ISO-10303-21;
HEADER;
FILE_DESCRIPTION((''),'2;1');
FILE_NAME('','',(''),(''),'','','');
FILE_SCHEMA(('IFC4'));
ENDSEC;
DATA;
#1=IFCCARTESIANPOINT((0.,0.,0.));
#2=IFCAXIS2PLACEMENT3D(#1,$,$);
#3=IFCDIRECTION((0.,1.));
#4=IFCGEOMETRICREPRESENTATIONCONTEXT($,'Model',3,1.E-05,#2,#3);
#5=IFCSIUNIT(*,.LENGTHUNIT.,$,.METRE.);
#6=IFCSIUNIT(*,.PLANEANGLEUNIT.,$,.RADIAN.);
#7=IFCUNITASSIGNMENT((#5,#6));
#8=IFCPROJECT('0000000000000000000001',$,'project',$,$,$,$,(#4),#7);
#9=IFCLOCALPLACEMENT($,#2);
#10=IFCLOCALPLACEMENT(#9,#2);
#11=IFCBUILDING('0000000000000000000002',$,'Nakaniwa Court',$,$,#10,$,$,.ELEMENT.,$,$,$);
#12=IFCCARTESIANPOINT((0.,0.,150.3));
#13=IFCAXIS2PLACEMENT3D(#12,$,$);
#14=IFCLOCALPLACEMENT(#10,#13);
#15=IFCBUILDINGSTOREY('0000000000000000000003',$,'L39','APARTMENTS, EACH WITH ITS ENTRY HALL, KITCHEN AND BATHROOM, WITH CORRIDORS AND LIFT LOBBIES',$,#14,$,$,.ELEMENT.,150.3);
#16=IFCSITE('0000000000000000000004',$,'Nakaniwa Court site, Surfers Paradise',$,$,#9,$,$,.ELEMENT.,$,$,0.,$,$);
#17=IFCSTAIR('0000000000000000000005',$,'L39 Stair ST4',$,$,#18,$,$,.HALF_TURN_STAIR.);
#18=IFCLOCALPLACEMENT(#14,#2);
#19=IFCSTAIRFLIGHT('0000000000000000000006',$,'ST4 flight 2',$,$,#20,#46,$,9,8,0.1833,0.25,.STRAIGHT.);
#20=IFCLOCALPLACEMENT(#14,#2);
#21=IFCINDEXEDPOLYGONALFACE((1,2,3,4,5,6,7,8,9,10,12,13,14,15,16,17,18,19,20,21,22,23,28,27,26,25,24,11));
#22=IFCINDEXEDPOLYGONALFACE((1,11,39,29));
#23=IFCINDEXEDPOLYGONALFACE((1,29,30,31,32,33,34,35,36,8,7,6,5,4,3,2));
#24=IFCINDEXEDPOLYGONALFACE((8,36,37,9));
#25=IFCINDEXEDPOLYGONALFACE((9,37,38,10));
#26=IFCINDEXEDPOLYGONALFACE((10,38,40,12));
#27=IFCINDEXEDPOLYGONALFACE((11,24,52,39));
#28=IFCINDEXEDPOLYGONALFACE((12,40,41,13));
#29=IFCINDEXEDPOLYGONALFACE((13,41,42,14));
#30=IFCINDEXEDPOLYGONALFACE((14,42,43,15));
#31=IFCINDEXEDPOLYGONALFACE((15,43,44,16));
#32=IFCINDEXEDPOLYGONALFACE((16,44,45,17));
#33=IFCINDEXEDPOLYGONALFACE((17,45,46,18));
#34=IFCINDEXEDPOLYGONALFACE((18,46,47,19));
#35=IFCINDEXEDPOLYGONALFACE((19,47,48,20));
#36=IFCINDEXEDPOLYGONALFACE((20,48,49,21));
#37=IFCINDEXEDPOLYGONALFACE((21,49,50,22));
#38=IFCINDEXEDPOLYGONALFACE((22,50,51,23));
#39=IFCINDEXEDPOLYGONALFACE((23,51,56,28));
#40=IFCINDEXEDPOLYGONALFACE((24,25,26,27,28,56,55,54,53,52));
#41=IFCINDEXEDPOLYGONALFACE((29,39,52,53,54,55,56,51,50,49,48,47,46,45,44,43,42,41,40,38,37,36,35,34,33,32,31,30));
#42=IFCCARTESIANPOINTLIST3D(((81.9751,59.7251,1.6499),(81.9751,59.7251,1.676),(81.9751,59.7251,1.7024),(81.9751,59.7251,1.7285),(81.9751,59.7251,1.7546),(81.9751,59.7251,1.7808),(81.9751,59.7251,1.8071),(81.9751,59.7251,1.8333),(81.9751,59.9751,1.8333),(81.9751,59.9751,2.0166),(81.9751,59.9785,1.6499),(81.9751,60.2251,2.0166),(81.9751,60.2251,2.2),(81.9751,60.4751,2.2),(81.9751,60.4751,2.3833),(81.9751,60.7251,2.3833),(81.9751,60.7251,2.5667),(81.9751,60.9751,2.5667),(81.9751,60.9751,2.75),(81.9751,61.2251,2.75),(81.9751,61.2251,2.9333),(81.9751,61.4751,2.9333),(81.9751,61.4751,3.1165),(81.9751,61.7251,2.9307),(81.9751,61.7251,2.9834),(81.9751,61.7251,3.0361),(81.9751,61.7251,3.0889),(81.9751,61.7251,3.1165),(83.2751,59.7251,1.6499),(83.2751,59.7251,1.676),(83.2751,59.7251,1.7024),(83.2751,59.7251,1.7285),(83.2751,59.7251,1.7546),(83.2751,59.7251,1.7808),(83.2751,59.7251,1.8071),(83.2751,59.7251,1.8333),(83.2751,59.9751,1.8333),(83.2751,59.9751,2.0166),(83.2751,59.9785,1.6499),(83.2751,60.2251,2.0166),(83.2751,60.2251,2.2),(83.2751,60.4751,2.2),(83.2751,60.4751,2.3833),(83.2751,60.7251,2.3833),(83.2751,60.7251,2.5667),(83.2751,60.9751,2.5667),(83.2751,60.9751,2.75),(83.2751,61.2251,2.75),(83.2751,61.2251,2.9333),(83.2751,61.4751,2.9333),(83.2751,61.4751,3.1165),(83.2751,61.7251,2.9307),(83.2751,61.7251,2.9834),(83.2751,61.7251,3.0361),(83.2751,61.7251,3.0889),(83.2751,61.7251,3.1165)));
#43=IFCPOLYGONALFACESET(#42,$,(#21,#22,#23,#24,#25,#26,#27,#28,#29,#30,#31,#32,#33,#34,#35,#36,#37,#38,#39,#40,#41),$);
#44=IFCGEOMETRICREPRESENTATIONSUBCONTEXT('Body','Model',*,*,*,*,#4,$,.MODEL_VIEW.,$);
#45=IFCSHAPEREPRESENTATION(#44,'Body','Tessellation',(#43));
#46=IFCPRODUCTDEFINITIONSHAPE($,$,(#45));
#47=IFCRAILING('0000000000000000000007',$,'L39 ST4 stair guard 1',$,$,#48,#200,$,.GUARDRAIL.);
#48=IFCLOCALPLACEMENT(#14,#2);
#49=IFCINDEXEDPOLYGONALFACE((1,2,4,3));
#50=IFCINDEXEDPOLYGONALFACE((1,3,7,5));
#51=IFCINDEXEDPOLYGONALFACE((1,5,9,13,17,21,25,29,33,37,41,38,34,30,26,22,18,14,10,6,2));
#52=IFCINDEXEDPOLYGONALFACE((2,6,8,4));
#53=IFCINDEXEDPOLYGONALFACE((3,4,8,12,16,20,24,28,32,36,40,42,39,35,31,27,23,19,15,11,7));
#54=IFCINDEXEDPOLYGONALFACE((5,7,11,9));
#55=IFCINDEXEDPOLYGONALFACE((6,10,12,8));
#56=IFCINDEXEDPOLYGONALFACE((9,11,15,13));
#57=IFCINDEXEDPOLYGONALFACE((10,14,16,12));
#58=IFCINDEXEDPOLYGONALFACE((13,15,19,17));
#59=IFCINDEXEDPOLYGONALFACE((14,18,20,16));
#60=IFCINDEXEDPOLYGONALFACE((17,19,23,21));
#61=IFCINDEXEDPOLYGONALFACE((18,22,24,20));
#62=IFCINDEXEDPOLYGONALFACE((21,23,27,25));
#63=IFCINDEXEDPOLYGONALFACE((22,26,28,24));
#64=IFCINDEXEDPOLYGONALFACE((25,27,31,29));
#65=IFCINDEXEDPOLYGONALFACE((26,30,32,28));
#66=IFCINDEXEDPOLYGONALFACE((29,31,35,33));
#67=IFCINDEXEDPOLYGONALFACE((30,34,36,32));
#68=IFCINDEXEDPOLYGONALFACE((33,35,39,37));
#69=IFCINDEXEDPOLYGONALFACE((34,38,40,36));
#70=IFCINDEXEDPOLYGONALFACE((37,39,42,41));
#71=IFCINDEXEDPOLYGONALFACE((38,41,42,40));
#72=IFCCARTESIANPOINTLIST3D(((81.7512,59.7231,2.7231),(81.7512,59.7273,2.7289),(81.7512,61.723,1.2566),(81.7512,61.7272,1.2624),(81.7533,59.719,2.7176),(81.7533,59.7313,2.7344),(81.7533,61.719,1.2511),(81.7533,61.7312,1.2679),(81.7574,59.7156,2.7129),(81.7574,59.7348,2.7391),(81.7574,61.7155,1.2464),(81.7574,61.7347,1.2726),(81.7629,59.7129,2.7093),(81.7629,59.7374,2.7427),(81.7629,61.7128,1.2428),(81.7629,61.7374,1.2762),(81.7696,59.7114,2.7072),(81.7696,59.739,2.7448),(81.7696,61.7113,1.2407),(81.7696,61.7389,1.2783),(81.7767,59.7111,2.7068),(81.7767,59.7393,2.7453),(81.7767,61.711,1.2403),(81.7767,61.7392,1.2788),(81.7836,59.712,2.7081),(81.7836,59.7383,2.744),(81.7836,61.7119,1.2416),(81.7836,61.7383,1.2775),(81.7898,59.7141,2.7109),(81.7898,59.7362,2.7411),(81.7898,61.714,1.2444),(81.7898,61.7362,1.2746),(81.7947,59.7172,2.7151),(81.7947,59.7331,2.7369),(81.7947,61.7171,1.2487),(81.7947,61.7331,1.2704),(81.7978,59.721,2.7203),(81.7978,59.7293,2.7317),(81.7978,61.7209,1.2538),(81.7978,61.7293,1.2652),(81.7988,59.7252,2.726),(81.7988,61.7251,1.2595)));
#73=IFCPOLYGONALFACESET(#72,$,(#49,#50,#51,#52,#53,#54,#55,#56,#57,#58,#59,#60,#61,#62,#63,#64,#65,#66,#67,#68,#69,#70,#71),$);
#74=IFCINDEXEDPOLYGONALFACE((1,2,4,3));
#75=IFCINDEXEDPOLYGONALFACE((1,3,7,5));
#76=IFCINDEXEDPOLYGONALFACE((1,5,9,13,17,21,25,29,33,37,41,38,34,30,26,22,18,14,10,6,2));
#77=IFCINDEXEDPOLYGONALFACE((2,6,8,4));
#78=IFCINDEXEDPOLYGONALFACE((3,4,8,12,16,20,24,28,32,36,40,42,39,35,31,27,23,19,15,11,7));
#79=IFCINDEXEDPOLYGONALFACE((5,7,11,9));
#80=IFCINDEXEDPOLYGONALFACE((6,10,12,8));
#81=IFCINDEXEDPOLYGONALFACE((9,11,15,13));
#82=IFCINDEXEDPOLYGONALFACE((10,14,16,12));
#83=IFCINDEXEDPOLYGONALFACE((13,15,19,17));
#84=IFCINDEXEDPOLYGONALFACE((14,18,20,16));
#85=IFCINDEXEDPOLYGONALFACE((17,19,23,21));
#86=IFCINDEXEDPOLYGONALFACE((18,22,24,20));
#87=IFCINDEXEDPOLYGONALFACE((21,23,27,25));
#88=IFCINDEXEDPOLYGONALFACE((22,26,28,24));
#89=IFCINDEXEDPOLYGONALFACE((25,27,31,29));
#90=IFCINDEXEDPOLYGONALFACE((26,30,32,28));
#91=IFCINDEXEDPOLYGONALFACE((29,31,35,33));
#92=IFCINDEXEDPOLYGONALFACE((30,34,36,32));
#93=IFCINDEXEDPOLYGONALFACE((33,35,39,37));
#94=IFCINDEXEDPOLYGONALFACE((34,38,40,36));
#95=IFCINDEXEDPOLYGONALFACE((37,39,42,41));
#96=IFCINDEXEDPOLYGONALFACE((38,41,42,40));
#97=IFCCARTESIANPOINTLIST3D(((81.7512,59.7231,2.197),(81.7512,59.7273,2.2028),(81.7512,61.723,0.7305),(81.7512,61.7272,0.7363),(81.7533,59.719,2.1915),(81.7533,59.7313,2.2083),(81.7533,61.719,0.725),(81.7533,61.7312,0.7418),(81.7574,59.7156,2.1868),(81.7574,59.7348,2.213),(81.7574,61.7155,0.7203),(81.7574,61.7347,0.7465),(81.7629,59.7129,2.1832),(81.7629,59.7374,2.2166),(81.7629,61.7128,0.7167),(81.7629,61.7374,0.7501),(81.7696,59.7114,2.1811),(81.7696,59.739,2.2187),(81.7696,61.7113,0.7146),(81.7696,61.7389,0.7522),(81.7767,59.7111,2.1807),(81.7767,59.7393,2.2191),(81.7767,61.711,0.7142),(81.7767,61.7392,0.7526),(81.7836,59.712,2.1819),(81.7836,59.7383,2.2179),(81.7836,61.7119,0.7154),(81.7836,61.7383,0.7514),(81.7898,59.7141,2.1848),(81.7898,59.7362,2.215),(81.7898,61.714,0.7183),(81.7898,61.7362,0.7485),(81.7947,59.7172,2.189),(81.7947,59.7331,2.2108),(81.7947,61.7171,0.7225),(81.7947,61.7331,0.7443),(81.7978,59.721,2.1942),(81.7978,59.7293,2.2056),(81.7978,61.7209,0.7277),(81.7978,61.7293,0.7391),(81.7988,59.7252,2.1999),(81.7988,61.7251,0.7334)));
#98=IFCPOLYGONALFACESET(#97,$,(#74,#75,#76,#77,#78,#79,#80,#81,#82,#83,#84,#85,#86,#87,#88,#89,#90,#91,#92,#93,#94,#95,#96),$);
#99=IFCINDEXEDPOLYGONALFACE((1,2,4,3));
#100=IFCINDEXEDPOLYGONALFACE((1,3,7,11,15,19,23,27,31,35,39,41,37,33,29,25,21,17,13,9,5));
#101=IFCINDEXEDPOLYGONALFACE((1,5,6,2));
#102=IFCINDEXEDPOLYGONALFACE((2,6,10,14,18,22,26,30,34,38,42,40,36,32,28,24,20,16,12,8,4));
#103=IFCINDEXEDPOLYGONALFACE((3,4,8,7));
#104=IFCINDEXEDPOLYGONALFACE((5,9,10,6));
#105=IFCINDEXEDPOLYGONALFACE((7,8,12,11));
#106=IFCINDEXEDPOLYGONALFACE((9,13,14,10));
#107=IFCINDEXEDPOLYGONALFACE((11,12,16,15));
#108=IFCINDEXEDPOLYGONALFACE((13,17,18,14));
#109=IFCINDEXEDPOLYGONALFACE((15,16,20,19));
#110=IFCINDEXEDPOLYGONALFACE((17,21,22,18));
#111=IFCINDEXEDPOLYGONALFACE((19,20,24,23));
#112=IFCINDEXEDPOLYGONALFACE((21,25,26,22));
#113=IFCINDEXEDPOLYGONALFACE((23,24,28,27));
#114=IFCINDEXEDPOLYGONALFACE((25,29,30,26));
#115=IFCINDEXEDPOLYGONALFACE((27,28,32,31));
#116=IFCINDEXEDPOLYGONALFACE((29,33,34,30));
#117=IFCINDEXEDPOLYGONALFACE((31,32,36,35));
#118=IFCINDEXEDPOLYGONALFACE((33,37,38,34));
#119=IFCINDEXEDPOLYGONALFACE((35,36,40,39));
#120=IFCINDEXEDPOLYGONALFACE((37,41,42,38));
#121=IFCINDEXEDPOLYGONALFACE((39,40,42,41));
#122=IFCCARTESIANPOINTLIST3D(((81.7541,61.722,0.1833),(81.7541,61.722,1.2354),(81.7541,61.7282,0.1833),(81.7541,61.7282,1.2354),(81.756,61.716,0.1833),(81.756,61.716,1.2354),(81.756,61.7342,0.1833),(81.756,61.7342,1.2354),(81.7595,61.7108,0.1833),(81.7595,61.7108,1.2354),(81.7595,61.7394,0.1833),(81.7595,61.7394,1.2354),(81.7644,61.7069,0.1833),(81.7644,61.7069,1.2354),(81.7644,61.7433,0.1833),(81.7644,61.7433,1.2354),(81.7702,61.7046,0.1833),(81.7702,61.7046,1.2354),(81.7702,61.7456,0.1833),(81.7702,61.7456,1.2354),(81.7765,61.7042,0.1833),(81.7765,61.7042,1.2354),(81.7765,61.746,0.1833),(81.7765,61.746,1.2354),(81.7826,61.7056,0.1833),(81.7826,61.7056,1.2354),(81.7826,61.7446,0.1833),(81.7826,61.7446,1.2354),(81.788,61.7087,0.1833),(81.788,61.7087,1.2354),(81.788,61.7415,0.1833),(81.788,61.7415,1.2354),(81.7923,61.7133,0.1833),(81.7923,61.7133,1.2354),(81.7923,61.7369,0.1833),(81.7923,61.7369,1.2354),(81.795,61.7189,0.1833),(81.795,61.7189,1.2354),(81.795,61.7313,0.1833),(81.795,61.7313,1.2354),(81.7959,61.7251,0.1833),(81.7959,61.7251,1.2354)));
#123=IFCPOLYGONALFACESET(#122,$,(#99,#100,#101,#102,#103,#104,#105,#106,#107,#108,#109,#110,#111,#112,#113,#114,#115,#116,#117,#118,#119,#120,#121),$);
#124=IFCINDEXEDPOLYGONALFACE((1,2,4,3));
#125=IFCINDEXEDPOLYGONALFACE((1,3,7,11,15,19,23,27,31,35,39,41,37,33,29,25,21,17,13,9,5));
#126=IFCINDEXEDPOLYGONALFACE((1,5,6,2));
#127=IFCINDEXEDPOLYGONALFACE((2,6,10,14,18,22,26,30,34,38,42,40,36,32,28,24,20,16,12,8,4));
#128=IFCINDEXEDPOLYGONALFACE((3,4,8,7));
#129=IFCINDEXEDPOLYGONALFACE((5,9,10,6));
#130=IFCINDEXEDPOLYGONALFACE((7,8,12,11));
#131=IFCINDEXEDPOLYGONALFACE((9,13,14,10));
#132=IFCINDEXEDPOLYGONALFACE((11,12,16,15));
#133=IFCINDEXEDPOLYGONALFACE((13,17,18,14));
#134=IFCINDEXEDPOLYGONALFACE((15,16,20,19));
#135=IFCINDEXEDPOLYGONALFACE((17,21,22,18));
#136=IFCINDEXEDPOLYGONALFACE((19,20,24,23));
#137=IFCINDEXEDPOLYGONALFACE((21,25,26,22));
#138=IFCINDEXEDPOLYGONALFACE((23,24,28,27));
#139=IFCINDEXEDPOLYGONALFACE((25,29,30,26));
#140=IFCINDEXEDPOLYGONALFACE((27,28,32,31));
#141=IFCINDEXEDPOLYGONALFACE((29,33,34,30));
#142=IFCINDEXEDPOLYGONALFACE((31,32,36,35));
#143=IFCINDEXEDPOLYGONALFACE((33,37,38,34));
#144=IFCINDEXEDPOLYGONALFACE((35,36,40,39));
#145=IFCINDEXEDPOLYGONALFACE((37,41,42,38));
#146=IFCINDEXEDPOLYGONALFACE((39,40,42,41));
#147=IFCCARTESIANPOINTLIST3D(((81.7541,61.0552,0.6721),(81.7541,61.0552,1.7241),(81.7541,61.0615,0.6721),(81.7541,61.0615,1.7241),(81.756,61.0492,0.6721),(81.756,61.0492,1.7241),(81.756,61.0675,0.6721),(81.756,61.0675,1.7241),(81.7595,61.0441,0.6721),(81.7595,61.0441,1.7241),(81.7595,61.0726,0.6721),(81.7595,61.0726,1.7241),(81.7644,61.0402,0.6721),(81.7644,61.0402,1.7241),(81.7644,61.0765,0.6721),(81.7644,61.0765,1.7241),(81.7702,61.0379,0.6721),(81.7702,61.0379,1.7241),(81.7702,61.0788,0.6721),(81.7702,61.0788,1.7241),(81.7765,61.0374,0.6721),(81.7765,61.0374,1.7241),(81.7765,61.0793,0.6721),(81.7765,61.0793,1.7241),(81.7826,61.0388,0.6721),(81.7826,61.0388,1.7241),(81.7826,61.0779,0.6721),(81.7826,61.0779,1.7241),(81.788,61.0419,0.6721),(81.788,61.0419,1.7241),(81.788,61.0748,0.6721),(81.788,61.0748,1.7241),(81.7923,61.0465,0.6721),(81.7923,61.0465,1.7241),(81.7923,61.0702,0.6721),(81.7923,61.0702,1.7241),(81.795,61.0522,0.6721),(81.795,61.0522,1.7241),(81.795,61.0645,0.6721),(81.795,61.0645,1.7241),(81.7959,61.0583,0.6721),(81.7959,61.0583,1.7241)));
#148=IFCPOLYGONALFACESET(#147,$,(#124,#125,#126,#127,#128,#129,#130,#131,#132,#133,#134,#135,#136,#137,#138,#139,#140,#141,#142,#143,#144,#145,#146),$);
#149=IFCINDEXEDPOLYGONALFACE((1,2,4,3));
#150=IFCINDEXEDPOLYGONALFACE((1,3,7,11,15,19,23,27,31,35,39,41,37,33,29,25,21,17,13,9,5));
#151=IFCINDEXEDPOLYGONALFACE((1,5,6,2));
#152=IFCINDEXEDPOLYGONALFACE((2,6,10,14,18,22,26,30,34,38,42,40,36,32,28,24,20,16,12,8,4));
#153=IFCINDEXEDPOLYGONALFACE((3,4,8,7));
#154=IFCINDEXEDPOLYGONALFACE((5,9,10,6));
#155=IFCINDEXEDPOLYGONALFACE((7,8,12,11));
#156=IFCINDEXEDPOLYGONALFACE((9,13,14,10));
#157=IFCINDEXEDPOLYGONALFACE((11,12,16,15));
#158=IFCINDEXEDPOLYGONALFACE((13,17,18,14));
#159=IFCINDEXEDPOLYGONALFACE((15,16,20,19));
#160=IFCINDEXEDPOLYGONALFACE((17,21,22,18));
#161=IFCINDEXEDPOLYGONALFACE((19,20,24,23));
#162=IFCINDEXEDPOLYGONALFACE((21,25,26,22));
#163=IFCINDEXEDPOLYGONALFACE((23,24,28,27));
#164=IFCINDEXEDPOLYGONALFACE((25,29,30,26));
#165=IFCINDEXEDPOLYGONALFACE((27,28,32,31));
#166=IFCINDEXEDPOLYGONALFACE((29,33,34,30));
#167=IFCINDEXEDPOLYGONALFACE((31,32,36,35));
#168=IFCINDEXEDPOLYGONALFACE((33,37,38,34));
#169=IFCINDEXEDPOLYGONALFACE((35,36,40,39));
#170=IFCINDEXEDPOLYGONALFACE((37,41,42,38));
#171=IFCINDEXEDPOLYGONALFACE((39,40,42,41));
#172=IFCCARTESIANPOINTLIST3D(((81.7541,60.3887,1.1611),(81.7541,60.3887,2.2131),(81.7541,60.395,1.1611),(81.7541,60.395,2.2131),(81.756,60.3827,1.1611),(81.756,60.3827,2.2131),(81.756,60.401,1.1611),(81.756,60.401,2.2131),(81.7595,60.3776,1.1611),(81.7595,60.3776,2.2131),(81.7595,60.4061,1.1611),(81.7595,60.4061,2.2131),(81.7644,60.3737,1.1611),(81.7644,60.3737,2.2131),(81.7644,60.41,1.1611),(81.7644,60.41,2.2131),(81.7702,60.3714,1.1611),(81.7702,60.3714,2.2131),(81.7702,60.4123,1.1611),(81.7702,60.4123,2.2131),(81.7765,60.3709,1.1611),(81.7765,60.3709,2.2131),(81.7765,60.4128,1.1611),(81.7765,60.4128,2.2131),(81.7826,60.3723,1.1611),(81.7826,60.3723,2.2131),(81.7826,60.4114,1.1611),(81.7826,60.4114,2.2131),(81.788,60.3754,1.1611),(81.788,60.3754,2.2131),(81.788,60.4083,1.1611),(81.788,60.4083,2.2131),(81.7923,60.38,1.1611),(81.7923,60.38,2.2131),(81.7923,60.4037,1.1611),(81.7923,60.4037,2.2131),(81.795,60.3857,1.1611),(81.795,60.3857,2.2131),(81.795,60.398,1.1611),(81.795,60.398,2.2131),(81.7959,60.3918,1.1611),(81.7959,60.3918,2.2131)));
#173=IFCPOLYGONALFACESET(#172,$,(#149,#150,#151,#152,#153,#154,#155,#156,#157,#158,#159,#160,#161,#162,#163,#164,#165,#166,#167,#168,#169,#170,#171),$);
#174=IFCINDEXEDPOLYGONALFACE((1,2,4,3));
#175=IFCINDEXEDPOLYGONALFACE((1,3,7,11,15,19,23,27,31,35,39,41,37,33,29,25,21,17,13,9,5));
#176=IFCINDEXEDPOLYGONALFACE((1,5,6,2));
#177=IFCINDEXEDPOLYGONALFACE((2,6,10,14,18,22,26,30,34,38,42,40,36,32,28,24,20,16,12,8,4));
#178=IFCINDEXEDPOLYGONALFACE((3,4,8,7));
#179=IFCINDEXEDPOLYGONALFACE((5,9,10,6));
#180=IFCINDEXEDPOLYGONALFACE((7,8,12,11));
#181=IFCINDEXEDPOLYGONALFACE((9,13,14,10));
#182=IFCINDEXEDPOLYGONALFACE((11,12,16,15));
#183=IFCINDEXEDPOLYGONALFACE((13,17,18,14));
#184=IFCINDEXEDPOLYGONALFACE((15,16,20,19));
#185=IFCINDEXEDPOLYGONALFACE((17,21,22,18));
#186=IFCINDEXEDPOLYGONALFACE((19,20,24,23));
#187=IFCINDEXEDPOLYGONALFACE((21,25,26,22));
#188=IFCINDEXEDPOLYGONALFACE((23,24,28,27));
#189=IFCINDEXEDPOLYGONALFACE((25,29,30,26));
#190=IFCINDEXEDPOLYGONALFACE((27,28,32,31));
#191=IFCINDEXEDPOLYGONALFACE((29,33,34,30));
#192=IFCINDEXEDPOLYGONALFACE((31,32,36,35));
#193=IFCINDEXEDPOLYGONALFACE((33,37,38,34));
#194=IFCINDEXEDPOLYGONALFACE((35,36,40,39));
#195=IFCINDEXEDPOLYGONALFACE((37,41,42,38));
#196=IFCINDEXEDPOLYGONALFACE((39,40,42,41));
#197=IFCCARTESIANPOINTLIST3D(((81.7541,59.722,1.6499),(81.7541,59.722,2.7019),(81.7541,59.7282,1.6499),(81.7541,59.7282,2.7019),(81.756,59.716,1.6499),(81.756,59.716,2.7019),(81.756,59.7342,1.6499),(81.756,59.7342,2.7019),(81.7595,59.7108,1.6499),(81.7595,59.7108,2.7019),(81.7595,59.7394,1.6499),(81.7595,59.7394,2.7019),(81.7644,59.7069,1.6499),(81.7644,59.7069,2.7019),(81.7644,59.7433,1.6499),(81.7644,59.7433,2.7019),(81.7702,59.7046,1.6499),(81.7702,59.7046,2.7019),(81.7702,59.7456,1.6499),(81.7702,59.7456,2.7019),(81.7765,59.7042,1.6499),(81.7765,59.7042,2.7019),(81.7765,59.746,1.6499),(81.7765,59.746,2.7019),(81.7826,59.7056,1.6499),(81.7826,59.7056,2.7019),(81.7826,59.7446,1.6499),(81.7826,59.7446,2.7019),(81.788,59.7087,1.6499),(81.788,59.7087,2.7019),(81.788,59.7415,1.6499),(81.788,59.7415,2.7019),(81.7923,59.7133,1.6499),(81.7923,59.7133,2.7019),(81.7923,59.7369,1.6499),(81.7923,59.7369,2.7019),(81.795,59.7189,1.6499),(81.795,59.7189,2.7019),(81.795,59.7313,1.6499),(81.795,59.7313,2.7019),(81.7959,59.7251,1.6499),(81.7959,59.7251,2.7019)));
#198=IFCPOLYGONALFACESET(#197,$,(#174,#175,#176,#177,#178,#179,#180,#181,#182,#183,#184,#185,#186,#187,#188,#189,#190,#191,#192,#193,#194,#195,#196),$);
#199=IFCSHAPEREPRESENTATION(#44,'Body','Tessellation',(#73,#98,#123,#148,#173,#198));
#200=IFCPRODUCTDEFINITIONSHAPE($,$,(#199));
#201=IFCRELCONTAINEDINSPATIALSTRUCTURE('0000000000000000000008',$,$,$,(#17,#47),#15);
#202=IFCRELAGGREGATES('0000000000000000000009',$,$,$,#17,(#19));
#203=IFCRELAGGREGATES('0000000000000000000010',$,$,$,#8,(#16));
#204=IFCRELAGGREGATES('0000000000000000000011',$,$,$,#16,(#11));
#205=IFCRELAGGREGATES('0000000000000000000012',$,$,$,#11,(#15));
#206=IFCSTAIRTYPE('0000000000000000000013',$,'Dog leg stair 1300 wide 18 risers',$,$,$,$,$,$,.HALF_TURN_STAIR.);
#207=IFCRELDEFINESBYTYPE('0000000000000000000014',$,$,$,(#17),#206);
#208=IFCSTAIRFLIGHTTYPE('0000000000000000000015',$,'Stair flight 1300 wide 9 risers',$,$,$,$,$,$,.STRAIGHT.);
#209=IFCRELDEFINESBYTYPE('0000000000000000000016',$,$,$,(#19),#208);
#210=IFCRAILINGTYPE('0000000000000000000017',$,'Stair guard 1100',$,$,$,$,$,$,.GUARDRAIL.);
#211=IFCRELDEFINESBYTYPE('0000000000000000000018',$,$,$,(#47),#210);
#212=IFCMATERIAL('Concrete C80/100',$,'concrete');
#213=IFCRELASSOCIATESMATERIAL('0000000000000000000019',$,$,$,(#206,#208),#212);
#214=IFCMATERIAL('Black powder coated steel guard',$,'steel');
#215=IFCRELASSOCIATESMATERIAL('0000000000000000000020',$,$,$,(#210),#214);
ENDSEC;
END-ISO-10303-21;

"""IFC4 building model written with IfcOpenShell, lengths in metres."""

from ifc_helpers import new_model, si_unit, direction, frame, origin, origin_2d, place, context, subcontext, project, spatial, polyline, circle, outline, extrude, material, type_object, element, aggregate, save


model = new_model("IFC4")

# Units and contexts
model_context = context("Model", 3, precision=1e-05, world=origin(), true_north=direction((0.0, 1.0)))
body_context = subcontext(model_context, "Body", "Model", "MODEL_VIEW")
ifc_project = project(units=[si_unit("LENGTHUNIT", "METRE"), si_unit("PLANEANGLEUNIT", "RADIAN")], contexts=[model_context])

# Site, building, storey
site_placement = place(None, origin())
site = spatial("IfcSite", under=ifc_project, at=site_placement, Name="Nakaniwa Court site, Surfers Paradise", CompositionType="ELEMENT", RefElevation=0.0)
building_placement = place(site_placement, origin())
building = spatial("IfcBuilding", under=site, at=building_placement, Name="Nakaniwa Court", CompositionType="ELEMENT")
storey_placement = place(building_placement, frame((0.0, 0.0, 150.3)))
storey = spatial("IfcBuildingStorey", under=building, at=storey_placement, Name="L39", Description="APARTMENTS, EACH WITH ITS ENTRY HALL, KITCHEN AND BATHROOM, WITH CORRIDORS AND LIFT LOBBIES", CompositionType="ELEMENT", Elevation=150.3)

# Shared definitions
ifc_material_1 = material(Name="Concrete C80/100", Category="concrete")

# Stair, stair flight
stair_type = type_object("IfcStairType", Name="Dog leg stair 1300 wide 18 risers", PredefinedType="HALF_TURN_STAIR", material=ifc_material_1)
stair_placement = place(storey_placement, origin())
stair = element("IfcStair", 1, at=stair_placement, inside=storey, type_object=stair_type, Name="L39 Stair ST4", PredefinedType="HALF_TURN_STAIR")
stair_flight_type = type_object("IfcStairFlightType", Name="Stair flight 1300 wide 9 risers", PredefinedType="STRAIGHT", material=ifc_material_1)
stair_flight_1_placement = place(storey_placement, frame((82.625, 59.7251, 1.6499), z_axis=(0.0, 0.0, 1.0), x_axis=(0.0, 1.0, 0.0)))
stair_flight_1 = element("IfcStairFlight", 2, at=stair_flight_1_placement, type_object=stair_flight_type, Name="ST4 flight 2", NumberOfRisers=9, NumberOfTreads=8, PredefinedType="STRAIGHT", RiserHeight=0.1833, TreadLength=0.25, context=body_context, shape_type="SweptSolid", body=[
    extrude(outline(polyline([(0.0, 0.0), (0.0, 0.0261), (0.0, 0.0525), (0.0, 0.0786), (0.0, 0.1047), (0.0, 0.1309), (0.0, 0.1572), (0.0, 0.1833), (0.25, 0.1833), (0.25, 0.3667), (0.5, 0.3667), (0.5, 0.55), (0.75, 0.55), (0.75, 0.7334), (1.0, 0.7334), (1.0, 0.9167), (1.25, 0.9167), (1.25, 1.1001), (1.5, 1.1001), (1.5, 1.2834), (1.75, 1.2834), (1.75, 1.4666), (2.0, 1.4666), (2.0, 1.6499), (2.0, 1.5972), (2.0, 1.5444), (2.0, 1.4917), (2.0, 1.439), (2.0, 1.3862), (2.0, 1.3335), (2.0, 1.2808), (0.2534, 0.0), (0.0, 0.0)])), frame((0.0, 0.6499, 0.0), z_axis=(0.0, -1.0, 0.0), x_axis=(1.0, 0.0, 0.0)), (0.0, 0.0, 1.0), 1.3),
])
aggregate(stair, [stair_flight_1])

# Railing
ifc_material_2 = material(Name="Black powder coated steel guard", Category="steel")
railing_type_1 = type_object("IfcRailingType", Name="Stair guard 1100", PredefinedType="GUARDRAIL", material=ifc_material_2)
railing_1_placement = place(storey_placement, frame((81.7749, 61.7251, 0.1833)))
element("IfcRailing", 3, at=railing_1_placement, inside=storey, type_object=railing_type_1, Name="L39 ST4 stair guard 1", PredefinedType="GUARDRAIL", context=body_context, shape_type="SweptSolid", body=[
    extrude(circle(Radius=0.0239, at=origin_2d()), frame((0.0, 0.0, 1.0762), z_axis=(0.0, -0.806427, 0.591334), x_axis=(1.0, 0.0, 0.0)), (0.0, 0.0, 1.0), 2.48),
    extrude(circle(Radius=0.0239, at=origin_2d()), frame((0.0, 0.0, 0.55), z_axis=(0.0, -0.806427, 0.591334), x_axis=(1.0, 0.0, 0.0)), (0.0, 0.0, 1.0), 2.48),
    extrude(circle(Radius=0.021, at=origin_2d()), origin(), (0.0, 0.0, 1.0), 1.052),
    extrude(circle(Radius=0.021, at=origin_2d()), frame((0.0, -0.6667, 0.4888)), (0.0, 0.0, 1.0), 1.052),
    extrude(circle(Radius=0.021, at=origin_2d()), frame((0.0, -1.3333, 0.9778)), (0.0, 0.0, 1.0), 1.052),
    extrude(circle(Radius=0.021, at=origin_2d()), frame((0.0, -2.0, 1.4666)), (0.0, 0.0, 1.0), 1.052),
])

save(model, "model.ifc")
